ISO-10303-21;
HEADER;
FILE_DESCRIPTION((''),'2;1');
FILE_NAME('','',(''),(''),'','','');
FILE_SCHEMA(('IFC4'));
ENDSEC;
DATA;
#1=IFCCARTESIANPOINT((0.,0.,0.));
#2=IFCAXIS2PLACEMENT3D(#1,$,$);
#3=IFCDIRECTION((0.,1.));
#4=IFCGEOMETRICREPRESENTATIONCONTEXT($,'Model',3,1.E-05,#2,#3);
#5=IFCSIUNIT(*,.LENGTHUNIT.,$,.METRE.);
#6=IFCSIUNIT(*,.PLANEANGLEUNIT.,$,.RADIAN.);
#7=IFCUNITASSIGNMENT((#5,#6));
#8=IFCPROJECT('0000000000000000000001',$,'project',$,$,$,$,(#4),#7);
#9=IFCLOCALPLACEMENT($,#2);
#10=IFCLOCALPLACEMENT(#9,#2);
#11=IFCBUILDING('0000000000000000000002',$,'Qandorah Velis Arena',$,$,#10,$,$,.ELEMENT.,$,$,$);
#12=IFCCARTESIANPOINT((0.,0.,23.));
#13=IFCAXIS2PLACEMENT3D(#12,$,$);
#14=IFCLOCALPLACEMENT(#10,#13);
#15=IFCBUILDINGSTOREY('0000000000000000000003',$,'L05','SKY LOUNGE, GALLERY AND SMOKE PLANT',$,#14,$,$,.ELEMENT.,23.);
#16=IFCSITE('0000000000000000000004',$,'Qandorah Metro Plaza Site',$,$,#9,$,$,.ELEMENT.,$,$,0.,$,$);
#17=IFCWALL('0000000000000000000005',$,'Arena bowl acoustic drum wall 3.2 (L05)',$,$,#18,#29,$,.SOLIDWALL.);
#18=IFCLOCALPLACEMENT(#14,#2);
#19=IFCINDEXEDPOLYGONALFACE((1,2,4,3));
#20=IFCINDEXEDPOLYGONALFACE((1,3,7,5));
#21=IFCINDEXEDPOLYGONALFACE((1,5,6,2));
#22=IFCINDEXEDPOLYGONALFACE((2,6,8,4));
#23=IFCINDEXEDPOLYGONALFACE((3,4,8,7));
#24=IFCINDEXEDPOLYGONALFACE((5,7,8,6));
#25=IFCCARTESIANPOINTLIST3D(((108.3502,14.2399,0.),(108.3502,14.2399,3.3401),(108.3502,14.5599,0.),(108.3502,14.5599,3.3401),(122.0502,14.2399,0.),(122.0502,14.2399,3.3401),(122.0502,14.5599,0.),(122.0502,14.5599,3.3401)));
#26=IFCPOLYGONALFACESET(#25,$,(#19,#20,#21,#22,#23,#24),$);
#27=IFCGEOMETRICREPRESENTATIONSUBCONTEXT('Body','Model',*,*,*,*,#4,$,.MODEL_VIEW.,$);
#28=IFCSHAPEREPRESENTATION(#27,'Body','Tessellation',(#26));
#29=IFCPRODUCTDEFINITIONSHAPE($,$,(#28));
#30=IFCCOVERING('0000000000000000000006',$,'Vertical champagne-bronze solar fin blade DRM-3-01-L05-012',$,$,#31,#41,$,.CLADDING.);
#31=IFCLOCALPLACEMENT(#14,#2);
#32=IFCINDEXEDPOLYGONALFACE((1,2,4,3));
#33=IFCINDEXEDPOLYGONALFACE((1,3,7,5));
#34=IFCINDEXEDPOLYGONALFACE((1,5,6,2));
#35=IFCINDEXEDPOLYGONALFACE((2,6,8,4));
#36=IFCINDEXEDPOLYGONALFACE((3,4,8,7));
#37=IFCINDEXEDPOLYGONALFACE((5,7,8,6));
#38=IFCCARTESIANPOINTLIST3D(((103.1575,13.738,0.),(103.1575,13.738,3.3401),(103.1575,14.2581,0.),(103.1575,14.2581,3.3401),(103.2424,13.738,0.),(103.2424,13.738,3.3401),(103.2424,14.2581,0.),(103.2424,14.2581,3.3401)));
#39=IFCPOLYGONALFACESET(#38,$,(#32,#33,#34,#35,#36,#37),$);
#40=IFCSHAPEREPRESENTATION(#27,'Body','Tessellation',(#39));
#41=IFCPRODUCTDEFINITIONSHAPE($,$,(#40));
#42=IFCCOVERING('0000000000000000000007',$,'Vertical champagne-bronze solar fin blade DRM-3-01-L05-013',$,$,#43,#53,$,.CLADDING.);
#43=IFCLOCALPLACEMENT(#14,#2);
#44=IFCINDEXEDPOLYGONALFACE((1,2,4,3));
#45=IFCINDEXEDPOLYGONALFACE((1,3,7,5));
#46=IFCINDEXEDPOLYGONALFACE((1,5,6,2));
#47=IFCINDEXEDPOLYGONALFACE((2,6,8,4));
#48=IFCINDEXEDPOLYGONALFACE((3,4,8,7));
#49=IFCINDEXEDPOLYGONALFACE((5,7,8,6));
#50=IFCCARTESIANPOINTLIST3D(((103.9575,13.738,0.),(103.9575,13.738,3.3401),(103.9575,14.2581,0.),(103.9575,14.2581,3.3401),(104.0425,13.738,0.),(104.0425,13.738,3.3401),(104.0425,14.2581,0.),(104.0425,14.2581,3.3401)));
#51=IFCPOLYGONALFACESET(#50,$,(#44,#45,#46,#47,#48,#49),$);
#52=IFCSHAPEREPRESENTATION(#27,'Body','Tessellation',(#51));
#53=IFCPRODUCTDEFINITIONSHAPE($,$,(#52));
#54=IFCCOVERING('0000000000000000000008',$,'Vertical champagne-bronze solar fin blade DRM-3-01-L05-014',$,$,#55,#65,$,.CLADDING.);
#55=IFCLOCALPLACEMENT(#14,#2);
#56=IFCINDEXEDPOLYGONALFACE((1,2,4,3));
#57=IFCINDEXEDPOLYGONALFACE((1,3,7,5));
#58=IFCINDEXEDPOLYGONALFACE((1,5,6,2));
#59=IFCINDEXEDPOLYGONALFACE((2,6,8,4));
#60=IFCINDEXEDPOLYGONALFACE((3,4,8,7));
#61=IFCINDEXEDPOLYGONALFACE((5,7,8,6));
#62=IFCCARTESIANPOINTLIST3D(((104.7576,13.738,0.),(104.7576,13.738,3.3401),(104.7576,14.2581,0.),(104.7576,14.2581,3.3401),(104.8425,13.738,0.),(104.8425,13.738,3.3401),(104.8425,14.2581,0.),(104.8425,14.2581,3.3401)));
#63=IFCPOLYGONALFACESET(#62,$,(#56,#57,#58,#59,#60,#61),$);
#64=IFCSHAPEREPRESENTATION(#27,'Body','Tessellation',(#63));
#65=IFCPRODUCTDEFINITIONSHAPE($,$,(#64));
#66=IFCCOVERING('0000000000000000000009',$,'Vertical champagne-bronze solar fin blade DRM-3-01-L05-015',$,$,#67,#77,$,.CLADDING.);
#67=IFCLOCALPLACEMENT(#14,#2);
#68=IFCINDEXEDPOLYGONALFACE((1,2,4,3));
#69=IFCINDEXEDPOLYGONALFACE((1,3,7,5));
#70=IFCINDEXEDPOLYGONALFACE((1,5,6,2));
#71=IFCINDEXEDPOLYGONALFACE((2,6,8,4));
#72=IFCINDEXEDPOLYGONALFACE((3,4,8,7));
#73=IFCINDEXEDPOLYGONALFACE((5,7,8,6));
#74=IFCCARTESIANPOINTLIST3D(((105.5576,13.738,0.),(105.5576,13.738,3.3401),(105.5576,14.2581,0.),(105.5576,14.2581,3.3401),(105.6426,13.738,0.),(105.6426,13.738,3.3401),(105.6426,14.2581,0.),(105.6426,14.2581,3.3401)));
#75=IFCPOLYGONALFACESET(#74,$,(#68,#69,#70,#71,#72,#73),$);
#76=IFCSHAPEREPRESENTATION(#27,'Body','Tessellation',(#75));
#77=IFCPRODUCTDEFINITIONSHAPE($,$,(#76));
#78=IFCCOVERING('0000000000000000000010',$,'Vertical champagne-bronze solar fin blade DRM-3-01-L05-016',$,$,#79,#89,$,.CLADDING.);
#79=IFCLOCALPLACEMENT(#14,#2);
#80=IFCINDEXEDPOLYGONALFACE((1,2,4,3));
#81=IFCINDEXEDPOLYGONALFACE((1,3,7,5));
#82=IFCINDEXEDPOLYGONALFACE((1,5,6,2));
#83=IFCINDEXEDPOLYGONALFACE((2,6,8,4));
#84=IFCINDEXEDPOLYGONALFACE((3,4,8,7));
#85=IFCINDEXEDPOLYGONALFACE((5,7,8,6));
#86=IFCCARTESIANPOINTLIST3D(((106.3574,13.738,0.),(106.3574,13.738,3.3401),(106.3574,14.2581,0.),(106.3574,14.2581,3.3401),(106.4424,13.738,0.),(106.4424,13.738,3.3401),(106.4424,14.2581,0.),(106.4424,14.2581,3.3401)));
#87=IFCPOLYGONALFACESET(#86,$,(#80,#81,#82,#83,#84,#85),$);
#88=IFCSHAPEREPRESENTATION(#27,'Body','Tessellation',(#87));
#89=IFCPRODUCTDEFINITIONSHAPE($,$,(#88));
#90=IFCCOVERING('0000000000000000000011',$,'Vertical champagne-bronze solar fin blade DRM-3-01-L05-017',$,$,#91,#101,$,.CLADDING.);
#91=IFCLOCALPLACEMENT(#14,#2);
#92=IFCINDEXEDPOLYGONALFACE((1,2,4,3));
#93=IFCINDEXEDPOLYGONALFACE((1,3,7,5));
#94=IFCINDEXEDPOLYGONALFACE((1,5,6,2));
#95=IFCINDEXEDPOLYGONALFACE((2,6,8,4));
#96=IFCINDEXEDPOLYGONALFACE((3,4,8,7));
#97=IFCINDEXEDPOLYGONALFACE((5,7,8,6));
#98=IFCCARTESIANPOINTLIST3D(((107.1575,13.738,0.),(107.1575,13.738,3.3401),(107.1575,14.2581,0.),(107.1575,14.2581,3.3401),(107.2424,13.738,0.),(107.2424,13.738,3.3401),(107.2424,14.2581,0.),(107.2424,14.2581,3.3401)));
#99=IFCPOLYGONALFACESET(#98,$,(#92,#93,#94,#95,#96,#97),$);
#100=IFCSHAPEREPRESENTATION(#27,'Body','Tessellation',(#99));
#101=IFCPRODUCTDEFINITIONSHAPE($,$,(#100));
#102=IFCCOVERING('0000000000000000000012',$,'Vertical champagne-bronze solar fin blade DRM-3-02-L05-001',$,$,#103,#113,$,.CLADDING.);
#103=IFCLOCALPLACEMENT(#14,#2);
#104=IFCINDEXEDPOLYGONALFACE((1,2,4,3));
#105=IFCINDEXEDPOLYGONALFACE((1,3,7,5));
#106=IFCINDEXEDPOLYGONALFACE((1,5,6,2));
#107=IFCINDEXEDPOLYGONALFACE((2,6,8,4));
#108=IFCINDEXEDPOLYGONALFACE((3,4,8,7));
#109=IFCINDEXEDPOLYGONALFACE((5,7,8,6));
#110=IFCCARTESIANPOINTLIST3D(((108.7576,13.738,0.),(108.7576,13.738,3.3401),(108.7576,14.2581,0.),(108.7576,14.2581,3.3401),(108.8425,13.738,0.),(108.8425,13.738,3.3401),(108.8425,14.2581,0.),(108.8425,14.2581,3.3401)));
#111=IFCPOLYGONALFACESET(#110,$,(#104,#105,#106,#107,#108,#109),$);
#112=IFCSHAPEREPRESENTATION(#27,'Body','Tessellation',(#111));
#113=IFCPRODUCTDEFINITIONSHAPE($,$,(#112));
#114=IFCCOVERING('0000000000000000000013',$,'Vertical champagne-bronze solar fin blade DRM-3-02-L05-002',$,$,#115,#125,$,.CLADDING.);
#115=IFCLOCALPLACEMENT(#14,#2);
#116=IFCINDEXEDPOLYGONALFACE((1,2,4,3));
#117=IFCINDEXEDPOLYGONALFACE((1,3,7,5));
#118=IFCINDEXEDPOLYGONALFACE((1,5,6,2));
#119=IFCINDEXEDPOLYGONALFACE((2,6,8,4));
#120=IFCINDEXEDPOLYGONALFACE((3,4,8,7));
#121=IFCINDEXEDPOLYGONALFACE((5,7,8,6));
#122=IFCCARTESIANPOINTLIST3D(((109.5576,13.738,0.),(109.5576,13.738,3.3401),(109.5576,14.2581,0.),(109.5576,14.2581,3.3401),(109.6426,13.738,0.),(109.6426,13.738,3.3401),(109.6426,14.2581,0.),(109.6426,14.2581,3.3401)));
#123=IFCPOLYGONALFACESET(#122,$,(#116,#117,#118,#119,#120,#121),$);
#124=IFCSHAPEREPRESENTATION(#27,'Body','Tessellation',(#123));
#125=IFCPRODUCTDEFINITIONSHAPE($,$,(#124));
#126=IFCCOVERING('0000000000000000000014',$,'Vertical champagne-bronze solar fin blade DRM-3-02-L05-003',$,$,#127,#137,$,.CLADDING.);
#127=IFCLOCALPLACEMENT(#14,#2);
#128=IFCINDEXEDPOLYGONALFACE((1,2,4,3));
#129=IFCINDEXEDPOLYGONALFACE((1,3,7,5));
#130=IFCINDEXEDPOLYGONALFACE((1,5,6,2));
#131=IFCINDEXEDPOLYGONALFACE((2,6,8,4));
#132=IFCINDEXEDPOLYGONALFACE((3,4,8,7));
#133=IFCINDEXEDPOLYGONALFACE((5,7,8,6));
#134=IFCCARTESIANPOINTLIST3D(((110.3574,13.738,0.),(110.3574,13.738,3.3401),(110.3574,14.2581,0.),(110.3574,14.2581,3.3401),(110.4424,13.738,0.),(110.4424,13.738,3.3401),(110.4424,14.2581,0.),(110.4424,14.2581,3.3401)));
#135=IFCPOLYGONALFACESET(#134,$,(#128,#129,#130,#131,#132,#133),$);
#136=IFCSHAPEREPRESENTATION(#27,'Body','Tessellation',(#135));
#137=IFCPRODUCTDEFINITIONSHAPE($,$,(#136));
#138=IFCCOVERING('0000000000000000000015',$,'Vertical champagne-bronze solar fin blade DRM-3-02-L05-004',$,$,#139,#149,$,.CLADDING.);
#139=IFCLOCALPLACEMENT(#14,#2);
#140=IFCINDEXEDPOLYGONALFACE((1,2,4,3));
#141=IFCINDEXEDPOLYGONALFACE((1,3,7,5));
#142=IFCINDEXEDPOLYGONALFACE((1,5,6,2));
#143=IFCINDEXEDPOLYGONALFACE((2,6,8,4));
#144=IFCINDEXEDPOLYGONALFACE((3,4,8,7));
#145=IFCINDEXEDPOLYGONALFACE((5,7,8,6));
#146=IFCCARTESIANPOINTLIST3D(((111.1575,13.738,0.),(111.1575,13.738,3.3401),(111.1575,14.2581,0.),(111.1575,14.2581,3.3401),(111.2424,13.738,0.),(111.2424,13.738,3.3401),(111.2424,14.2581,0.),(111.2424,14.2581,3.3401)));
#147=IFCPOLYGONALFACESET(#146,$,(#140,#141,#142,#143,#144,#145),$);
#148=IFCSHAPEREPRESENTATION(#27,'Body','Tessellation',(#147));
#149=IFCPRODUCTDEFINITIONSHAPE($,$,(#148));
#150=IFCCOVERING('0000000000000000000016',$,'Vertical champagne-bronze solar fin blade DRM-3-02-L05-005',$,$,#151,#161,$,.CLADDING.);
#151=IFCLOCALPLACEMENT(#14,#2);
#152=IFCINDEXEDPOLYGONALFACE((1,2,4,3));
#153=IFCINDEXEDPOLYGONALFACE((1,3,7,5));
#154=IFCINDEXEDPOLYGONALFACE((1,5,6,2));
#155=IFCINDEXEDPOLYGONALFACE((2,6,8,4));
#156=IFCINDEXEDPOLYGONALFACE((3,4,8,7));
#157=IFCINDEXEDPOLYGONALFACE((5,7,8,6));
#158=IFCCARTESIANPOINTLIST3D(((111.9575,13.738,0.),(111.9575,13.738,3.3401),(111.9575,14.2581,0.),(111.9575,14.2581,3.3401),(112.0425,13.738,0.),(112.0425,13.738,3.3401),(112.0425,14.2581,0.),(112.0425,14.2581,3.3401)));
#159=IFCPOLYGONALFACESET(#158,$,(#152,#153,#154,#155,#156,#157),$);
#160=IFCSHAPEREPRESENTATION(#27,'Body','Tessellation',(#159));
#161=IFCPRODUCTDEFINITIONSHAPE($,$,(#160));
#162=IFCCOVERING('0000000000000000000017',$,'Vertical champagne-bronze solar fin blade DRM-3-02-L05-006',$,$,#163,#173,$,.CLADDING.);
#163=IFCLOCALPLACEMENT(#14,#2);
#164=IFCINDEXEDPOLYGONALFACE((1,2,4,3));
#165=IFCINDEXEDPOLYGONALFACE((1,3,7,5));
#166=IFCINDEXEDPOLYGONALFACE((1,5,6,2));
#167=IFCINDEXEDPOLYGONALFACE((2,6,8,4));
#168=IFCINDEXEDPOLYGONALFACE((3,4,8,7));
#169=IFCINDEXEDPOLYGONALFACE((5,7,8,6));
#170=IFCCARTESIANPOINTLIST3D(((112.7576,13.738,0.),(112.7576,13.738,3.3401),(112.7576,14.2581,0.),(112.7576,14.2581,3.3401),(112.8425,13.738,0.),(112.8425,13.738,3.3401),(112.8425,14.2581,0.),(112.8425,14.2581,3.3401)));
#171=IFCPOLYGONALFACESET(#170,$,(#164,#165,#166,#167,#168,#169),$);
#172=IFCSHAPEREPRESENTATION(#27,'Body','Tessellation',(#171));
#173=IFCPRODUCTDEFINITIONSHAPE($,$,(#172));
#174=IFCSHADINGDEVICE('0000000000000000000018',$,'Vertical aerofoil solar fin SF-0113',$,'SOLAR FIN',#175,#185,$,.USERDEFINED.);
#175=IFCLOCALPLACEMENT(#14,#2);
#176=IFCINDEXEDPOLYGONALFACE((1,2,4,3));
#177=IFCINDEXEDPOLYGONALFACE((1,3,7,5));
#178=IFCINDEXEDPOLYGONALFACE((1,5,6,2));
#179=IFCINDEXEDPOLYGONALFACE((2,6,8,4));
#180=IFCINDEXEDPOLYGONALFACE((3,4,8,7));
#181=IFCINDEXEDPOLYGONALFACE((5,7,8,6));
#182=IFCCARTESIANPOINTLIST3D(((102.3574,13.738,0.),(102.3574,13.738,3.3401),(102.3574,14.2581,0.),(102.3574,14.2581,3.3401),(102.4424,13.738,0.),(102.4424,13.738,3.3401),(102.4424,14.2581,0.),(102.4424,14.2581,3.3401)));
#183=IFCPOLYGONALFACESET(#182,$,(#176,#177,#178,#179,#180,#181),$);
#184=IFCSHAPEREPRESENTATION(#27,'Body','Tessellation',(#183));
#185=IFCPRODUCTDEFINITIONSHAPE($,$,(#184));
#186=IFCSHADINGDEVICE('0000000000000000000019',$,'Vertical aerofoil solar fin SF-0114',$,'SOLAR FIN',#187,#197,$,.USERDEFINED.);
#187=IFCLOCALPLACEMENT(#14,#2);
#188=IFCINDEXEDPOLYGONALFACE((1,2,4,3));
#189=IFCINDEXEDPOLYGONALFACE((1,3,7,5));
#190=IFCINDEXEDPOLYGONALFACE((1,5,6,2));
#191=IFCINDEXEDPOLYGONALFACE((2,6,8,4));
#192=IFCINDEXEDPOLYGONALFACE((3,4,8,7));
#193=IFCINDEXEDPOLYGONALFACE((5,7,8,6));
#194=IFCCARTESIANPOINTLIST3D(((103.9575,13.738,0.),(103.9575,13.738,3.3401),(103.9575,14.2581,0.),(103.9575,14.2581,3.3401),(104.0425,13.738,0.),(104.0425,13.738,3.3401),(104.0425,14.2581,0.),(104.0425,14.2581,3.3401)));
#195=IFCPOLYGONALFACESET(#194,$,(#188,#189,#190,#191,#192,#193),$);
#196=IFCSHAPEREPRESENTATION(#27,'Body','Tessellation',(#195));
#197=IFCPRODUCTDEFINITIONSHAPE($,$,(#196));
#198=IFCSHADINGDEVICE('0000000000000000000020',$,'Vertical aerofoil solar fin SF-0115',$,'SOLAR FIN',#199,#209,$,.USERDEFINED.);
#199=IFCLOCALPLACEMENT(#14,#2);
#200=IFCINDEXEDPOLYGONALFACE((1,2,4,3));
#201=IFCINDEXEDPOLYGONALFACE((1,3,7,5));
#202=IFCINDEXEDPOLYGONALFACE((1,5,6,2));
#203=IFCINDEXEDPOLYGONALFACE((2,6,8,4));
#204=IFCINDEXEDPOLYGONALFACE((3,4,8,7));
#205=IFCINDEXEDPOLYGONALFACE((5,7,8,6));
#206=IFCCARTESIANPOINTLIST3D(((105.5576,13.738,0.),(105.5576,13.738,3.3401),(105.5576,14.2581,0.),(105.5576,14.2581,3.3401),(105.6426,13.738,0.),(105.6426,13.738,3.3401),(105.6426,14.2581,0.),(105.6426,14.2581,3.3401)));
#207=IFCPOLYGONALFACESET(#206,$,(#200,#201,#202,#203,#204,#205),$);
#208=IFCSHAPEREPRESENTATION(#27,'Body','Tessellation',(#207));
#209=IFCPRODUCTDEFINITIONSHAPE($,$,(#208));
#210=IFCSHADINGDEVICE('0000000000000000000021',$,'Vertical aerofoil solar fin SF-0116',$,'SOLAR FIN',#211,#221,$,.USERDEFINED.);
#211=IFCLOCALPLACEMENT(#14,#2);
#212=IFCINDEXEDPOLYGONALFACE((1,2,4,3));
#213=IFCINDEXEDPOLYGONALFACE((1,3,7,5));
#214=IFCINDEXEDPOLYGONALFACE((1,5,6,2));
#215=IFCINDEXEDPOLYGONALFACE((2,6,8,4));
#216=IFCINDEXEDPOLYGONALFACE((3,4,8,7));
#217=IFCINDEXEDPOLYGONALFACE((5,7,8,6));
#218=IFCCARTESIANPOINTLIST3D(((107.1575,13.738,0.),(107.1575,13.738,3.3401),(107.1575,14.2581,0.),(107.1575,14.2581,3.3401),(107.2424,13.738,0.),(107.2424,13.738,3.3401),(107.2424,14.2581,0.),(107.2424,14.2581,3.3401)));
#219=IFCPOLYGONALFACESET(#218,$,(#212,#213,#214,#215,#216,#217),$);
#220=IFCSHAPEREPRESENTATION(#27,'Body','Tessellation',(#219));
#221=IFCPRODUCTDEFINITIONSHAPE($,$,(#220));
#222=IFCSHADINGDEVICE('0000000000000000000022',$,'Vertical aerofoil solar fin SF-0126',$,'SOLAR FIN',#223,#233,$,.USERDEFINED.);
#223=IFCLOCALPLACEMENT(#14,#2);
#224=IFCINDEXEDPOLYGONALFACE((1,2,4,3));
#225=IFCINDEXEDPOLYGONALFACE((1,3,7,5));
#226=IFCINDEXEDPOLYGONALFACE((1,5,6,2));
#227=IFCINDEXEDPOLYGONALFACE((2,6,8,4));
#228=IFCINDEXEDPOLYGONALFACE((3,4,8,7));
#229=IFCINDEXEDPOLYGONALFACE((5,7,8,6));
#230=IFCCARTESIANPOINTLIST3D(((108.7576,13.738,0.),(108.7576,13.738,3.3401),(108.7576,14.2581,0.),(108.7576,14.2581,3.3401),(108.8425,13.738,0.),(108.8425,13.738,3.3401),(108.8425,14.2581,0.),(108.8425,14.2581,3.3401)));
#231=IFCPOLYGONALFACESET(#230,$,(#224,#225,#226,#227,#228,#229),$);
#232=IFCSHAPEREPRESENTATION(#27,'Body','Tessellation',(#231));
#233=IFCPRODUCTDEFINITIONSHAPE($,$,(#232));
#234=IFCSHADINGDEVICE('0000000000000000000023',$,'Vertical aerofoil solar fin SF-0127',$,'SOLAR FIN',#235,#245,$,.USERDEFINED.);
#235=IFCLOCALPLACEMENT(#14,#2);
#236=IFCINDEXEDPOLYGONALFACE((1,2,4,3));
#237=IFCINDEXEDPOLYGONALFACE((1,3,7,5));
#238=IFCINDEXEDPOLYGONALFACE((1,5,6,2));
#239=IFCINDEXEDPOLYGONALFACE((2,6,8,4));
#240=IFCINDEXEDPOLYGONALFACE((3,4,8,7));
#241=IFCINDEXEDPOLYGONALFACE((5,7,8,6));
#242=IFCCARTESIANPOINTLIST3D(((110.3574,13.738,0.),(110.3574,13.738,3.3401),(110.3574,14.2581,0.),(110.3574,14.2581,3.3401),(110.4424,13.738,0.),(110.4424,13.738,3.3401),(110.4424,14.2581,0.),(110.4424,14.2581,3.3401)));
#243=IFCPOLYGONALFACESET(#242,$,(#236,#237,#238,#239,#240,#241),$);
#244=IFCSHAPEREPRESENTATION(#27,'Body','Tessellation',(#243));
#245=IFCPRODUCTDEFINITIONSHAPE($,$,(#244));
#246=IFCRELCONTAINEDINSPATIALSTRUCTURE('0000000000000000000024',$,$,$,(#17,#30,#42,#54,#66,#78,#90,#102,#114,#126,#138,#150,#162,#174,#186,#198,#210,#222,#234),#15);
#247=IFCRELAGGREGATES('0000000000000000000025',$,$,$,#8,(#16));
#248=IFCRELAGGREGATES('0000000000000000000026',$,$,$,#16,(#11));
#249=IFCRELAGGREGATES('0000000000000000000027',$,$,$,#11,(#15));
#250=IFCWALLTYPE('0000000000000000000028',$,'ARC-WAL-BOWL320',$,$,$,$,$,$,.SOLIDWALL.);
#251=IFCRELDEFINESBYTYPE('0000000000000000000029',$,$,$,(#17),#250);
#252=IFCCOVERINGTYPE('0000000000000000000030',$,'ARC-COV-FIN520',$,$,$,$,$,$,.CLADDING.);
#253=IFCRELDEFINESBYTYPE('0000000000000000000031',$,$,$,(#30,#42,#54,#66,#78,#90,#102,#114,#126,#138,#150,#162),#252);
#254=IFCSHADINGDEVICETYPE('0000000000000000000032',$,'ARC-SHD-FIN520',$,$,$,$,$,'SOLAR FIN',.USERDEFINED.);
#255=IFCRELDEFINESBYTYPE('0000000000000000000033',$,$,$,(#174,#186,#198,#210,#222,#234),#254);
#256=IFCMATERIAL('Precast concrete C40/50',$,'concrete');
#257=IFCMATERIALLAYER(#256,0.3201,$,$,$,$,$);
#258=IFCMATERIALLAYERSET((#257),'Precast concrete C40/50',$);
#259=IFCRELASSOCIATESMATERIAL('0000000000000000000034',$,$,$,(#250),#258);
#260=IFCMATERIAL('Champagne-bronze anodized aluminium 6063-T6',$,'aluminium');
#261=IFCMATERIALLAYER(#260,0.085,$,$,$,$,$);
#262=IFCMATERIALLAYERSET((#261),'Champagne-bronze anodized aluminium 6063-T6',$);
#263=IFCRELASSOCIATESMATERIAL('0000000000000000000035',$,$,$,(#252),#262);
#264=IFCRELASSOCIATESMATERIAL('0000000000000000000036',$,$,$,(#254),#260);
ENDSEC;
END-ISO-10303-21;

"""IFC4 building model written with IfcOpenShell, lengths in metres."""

from ifc_helpers import new_model, si_unit, direction, frame, frame_2d, origin, origin_2d, place, context, subcontext, project, spatial, rectangle, extrude, material, layer, layer_set, type_object, element, save


model = new_model("IFC4")

# Units and contexts
model_context = context("Model", 3, precision=1e-05, world=origin(), true_north=direction((0.0, 1.0)))
body_context = subcontext(model_context, "Body", "Model", "MODEL_VIEW")
ifc_project = project(units=[si_unit("LENGTHUNIT", "METRE"), si_unit("PLANEANGLEUNIT", "RADIAN")], contexts=[model_context])

# Site, building, storey
site_placement = place(None, origin())
site = spatial("IfcSite", under=ifc_project, at=site_placement, Name="Qandorah Metro Plaza Site", CompositionType="ELEMENT", RefElevation=0.0)
building_placement = place(site_placement, origin())
building = spatial("IfcBuilding", under=site, at=building_placement, Name="Qandorah Velis Arena", CompositionType="ELEMENT")
storey_placement = place(building_placement, frame((0.0, 0.0, 23.0)))
storey = spatial("IfcBuildingStorey", under=building, at=storey_placement, Name="L05", Description="SKY LOUNGE, GALLERY AND SMOKE PLANT", CompositionType="ELEMENT", Elevation=23.0)

# Wall
ifc_material_1 = material(Name="Precast concrete C40/50", Category="concrete")
ifc_layer_1 = layer(ifc_material_1, 0.3201)
ifc_layer_set_1 = layer_set([ifc_layer_1], Name="Precast concrete C40/50")
wall_type = type_object("IfcWallType", Name="ARC-WAL-BOWL320", PredefinedType="SOLIDWALL", material=ifc_layer_set_1)
wall_placement = place(storey_placement, frame((108.3501, 14.3999, 0.0), z_axis=(0.0, 0.0, 1.0), x_axis=(1.0, 0.0, 0.0)))
element("IfcWall", 1, at=wall_placement, inside=storey, type_object=wall_type, Name="Arena bowl acoustic drum wall 3.2 (L05)", PredefinedType="SOLIDWALL", context=body_context, shape_type="SweptSolid", body=[
    extrude(rectangle(XDim=13.7, YDim=0.3201, at=frame_2d((6.8501, 0.0))), origin(), (0.0, 0.0, 1.0), 3.3401),
])

# Coverings
ifc_material_2 = material(Name="Champagne-bronze anodized aluminium 6063-T6", Category="aluminium")
ifc_layer_2 = layer(ifc_material_2, 0.085)
ifc_layer_set_2 = layer_set([ifc_layer_2], Name="Champagne-bronze anodized aluminium 6063-T6")
covering_type = type_object("IfcCoveringType", Name="ARC-COV-FIN520", PredefinedType="CLADDING", material=ifc_layer_set_2)
for number, where, z_axis, x_axis, name in (
    (2, (103.2, 13.998, 0.0), (0.0, 0.0, 1.0), (1.0, 0.0, 0.0), "Vertical champagne-bronze solar fin blade DRM-3-01-L05-012"),
    (3, (104.0, 13.998, 0.0), (0.0, 0.0, 1.0), (1.0, 0.0, 0.0), "Vertical champagne-bronze solar fin blade DRM-3-01-L05-013"),
    (4, (104.8, 13.998, 0.0), (0.0, 0.0, 1.0), (1.0, 0.0, 0.0), "Vertical champagne-bronze solar fin blade DRM-3-01-L05-014"),
    (5, (105.6001, 13.998, 0.0), (0.0, 0.0, 1.0), (1.0, 0.0, 0.0), "Vertical champagne-bronze solar fin blade DRM-3-01-L05-015"),
    (6, (106.3999, 13.998, 0.0), (0.0, 0.0, 1.0), (1.0, 0.0, 0.0), "Vertical champagne-bronze solar fin blade DRM-3-01-L05-016"),
    (7, (107.2, 13.998, 0.0), (0.0, 0.0, 1.0), (1.0, 0.0, 0.0), "Vertical champagne-bronze solar fin blade DRM-3-01-L05-017"),
    (8, (108.8, 13.998, 0.0), (0.0, 0.0, 1.0), (1.0, 0.0, 0.0), "Vertical champagne-bronze solar fin blade DRM-3-02-L05-001"),
    (9, (109.6001, 13.998, 0.0), (0.0, 0.0, 1.0), (1.0, 0.0, 0.0), "Vertical champagne-bronze solar fin blade DRM-3-02-L05-002"),
    (10, (110.3999, 13.998, 0.0), (0.0, 0.0, 1.0), (1.0, 0.0, 0.0), "Vertical champagne-bronze solar fin blade DRM-3-02-L05-003"),
    (11, (111.2, 13.998, 0.0), (0.0, 0.0, 1.0), (1.0, 0.0, 0.0), "Vertical champagne-bronze solar fin blade DRM-3-02-L05-004"),
    (12, (112.0, 13.998, 0.0), (0.0, 0.0, 1.0), (1.0, 0.0, 0.0), "Vertical champagne-bronze solar fin blade DRM-3-02-L05-005"),
    (13, (112.8, 13.998, 0.0), (0.0, 0.0, 1.0), (1.0, 0.0, 0.0), "Vertical champagne-bronze solar fin blade DRM-3-02-L05-006"),
):
    element("IfcCovering", number, at=place(storey_placement, frame(where, z_axis=z_axis, x_axis=x_axis)), inside=storey, type_object=covering_type, Name=name, PredefinedType="CLADDING", context=body_context, shape_type="SweptSolid", body=[
        extrude(rectangle(XDim=0.085, YDim=0.52, at=origin_2d()), origin(), (0.0, 0.0, 1.0), 3.3401),
    ])

# Shading devices
shading_device_type = type_object("IfcShadingDeviceType", Name="ARC-SHD-FIN520", ElementType="SOLAR FIN", PredefinedType="USERDEFINED", material=ifc_material_2)
for number, where, z_axis, x_axis, name in (
    (14, (102.3999, 13.998, 0.0), (0.0, 0.0, 1.0), (1.0, 0.0, 0.0), "Vertical aerofoil solar fin SF-0113"),
    (15, (104.0, 13.998, 0.0), (0.0, 0.0, 1.0), (1.0, 0.0, 0.0), "Vertical aerofoil solar fin SF-0114"),
    (16, (105.6001, 13.998, 0.0), (0.0, 0.0, 1.0), (1.0, 0.0, 0.0), "Vertical aerofoil solar fin SF-0115"),
    (17, (107.2, 13.998, 0.0), (0.0, 0.0, 1.0), (1.0, 0.0, 0.0), "Vertical aerofoil solar fin SF-0116"),
    (18, (108.8, 13.998, 0.0), (0.0, 0.0, 1.0), (1.0, 0.0, 0.0), "Vertical aerofoil solar fin SF-0126"),
    (19, (110.3999, 13.998, 0.0), (0.0, 0.0, 1.0), (1.0, 0.0, 0.0), "Vertical aerofoil solar fin SF-0127"),
):
    element("IfcShadingDevice", number, at=place(storey_placement, frame(where, z_axis=z_axis, x_axis=x_axis)), inside=storey, type_object=shading_device_type, Name=name, ObjectType="SOLAR FIN", PredefinedType="USERDEFINED", context=body_context, shape_type="SweptSolid", body=[
        extrude(rectangle(XDim=0.085, YDim=0.52, at=origin_2d()), origin(), (0.0, 0.0, 1.0), 3.3401),
    ])

save(model, "model.ifc")
